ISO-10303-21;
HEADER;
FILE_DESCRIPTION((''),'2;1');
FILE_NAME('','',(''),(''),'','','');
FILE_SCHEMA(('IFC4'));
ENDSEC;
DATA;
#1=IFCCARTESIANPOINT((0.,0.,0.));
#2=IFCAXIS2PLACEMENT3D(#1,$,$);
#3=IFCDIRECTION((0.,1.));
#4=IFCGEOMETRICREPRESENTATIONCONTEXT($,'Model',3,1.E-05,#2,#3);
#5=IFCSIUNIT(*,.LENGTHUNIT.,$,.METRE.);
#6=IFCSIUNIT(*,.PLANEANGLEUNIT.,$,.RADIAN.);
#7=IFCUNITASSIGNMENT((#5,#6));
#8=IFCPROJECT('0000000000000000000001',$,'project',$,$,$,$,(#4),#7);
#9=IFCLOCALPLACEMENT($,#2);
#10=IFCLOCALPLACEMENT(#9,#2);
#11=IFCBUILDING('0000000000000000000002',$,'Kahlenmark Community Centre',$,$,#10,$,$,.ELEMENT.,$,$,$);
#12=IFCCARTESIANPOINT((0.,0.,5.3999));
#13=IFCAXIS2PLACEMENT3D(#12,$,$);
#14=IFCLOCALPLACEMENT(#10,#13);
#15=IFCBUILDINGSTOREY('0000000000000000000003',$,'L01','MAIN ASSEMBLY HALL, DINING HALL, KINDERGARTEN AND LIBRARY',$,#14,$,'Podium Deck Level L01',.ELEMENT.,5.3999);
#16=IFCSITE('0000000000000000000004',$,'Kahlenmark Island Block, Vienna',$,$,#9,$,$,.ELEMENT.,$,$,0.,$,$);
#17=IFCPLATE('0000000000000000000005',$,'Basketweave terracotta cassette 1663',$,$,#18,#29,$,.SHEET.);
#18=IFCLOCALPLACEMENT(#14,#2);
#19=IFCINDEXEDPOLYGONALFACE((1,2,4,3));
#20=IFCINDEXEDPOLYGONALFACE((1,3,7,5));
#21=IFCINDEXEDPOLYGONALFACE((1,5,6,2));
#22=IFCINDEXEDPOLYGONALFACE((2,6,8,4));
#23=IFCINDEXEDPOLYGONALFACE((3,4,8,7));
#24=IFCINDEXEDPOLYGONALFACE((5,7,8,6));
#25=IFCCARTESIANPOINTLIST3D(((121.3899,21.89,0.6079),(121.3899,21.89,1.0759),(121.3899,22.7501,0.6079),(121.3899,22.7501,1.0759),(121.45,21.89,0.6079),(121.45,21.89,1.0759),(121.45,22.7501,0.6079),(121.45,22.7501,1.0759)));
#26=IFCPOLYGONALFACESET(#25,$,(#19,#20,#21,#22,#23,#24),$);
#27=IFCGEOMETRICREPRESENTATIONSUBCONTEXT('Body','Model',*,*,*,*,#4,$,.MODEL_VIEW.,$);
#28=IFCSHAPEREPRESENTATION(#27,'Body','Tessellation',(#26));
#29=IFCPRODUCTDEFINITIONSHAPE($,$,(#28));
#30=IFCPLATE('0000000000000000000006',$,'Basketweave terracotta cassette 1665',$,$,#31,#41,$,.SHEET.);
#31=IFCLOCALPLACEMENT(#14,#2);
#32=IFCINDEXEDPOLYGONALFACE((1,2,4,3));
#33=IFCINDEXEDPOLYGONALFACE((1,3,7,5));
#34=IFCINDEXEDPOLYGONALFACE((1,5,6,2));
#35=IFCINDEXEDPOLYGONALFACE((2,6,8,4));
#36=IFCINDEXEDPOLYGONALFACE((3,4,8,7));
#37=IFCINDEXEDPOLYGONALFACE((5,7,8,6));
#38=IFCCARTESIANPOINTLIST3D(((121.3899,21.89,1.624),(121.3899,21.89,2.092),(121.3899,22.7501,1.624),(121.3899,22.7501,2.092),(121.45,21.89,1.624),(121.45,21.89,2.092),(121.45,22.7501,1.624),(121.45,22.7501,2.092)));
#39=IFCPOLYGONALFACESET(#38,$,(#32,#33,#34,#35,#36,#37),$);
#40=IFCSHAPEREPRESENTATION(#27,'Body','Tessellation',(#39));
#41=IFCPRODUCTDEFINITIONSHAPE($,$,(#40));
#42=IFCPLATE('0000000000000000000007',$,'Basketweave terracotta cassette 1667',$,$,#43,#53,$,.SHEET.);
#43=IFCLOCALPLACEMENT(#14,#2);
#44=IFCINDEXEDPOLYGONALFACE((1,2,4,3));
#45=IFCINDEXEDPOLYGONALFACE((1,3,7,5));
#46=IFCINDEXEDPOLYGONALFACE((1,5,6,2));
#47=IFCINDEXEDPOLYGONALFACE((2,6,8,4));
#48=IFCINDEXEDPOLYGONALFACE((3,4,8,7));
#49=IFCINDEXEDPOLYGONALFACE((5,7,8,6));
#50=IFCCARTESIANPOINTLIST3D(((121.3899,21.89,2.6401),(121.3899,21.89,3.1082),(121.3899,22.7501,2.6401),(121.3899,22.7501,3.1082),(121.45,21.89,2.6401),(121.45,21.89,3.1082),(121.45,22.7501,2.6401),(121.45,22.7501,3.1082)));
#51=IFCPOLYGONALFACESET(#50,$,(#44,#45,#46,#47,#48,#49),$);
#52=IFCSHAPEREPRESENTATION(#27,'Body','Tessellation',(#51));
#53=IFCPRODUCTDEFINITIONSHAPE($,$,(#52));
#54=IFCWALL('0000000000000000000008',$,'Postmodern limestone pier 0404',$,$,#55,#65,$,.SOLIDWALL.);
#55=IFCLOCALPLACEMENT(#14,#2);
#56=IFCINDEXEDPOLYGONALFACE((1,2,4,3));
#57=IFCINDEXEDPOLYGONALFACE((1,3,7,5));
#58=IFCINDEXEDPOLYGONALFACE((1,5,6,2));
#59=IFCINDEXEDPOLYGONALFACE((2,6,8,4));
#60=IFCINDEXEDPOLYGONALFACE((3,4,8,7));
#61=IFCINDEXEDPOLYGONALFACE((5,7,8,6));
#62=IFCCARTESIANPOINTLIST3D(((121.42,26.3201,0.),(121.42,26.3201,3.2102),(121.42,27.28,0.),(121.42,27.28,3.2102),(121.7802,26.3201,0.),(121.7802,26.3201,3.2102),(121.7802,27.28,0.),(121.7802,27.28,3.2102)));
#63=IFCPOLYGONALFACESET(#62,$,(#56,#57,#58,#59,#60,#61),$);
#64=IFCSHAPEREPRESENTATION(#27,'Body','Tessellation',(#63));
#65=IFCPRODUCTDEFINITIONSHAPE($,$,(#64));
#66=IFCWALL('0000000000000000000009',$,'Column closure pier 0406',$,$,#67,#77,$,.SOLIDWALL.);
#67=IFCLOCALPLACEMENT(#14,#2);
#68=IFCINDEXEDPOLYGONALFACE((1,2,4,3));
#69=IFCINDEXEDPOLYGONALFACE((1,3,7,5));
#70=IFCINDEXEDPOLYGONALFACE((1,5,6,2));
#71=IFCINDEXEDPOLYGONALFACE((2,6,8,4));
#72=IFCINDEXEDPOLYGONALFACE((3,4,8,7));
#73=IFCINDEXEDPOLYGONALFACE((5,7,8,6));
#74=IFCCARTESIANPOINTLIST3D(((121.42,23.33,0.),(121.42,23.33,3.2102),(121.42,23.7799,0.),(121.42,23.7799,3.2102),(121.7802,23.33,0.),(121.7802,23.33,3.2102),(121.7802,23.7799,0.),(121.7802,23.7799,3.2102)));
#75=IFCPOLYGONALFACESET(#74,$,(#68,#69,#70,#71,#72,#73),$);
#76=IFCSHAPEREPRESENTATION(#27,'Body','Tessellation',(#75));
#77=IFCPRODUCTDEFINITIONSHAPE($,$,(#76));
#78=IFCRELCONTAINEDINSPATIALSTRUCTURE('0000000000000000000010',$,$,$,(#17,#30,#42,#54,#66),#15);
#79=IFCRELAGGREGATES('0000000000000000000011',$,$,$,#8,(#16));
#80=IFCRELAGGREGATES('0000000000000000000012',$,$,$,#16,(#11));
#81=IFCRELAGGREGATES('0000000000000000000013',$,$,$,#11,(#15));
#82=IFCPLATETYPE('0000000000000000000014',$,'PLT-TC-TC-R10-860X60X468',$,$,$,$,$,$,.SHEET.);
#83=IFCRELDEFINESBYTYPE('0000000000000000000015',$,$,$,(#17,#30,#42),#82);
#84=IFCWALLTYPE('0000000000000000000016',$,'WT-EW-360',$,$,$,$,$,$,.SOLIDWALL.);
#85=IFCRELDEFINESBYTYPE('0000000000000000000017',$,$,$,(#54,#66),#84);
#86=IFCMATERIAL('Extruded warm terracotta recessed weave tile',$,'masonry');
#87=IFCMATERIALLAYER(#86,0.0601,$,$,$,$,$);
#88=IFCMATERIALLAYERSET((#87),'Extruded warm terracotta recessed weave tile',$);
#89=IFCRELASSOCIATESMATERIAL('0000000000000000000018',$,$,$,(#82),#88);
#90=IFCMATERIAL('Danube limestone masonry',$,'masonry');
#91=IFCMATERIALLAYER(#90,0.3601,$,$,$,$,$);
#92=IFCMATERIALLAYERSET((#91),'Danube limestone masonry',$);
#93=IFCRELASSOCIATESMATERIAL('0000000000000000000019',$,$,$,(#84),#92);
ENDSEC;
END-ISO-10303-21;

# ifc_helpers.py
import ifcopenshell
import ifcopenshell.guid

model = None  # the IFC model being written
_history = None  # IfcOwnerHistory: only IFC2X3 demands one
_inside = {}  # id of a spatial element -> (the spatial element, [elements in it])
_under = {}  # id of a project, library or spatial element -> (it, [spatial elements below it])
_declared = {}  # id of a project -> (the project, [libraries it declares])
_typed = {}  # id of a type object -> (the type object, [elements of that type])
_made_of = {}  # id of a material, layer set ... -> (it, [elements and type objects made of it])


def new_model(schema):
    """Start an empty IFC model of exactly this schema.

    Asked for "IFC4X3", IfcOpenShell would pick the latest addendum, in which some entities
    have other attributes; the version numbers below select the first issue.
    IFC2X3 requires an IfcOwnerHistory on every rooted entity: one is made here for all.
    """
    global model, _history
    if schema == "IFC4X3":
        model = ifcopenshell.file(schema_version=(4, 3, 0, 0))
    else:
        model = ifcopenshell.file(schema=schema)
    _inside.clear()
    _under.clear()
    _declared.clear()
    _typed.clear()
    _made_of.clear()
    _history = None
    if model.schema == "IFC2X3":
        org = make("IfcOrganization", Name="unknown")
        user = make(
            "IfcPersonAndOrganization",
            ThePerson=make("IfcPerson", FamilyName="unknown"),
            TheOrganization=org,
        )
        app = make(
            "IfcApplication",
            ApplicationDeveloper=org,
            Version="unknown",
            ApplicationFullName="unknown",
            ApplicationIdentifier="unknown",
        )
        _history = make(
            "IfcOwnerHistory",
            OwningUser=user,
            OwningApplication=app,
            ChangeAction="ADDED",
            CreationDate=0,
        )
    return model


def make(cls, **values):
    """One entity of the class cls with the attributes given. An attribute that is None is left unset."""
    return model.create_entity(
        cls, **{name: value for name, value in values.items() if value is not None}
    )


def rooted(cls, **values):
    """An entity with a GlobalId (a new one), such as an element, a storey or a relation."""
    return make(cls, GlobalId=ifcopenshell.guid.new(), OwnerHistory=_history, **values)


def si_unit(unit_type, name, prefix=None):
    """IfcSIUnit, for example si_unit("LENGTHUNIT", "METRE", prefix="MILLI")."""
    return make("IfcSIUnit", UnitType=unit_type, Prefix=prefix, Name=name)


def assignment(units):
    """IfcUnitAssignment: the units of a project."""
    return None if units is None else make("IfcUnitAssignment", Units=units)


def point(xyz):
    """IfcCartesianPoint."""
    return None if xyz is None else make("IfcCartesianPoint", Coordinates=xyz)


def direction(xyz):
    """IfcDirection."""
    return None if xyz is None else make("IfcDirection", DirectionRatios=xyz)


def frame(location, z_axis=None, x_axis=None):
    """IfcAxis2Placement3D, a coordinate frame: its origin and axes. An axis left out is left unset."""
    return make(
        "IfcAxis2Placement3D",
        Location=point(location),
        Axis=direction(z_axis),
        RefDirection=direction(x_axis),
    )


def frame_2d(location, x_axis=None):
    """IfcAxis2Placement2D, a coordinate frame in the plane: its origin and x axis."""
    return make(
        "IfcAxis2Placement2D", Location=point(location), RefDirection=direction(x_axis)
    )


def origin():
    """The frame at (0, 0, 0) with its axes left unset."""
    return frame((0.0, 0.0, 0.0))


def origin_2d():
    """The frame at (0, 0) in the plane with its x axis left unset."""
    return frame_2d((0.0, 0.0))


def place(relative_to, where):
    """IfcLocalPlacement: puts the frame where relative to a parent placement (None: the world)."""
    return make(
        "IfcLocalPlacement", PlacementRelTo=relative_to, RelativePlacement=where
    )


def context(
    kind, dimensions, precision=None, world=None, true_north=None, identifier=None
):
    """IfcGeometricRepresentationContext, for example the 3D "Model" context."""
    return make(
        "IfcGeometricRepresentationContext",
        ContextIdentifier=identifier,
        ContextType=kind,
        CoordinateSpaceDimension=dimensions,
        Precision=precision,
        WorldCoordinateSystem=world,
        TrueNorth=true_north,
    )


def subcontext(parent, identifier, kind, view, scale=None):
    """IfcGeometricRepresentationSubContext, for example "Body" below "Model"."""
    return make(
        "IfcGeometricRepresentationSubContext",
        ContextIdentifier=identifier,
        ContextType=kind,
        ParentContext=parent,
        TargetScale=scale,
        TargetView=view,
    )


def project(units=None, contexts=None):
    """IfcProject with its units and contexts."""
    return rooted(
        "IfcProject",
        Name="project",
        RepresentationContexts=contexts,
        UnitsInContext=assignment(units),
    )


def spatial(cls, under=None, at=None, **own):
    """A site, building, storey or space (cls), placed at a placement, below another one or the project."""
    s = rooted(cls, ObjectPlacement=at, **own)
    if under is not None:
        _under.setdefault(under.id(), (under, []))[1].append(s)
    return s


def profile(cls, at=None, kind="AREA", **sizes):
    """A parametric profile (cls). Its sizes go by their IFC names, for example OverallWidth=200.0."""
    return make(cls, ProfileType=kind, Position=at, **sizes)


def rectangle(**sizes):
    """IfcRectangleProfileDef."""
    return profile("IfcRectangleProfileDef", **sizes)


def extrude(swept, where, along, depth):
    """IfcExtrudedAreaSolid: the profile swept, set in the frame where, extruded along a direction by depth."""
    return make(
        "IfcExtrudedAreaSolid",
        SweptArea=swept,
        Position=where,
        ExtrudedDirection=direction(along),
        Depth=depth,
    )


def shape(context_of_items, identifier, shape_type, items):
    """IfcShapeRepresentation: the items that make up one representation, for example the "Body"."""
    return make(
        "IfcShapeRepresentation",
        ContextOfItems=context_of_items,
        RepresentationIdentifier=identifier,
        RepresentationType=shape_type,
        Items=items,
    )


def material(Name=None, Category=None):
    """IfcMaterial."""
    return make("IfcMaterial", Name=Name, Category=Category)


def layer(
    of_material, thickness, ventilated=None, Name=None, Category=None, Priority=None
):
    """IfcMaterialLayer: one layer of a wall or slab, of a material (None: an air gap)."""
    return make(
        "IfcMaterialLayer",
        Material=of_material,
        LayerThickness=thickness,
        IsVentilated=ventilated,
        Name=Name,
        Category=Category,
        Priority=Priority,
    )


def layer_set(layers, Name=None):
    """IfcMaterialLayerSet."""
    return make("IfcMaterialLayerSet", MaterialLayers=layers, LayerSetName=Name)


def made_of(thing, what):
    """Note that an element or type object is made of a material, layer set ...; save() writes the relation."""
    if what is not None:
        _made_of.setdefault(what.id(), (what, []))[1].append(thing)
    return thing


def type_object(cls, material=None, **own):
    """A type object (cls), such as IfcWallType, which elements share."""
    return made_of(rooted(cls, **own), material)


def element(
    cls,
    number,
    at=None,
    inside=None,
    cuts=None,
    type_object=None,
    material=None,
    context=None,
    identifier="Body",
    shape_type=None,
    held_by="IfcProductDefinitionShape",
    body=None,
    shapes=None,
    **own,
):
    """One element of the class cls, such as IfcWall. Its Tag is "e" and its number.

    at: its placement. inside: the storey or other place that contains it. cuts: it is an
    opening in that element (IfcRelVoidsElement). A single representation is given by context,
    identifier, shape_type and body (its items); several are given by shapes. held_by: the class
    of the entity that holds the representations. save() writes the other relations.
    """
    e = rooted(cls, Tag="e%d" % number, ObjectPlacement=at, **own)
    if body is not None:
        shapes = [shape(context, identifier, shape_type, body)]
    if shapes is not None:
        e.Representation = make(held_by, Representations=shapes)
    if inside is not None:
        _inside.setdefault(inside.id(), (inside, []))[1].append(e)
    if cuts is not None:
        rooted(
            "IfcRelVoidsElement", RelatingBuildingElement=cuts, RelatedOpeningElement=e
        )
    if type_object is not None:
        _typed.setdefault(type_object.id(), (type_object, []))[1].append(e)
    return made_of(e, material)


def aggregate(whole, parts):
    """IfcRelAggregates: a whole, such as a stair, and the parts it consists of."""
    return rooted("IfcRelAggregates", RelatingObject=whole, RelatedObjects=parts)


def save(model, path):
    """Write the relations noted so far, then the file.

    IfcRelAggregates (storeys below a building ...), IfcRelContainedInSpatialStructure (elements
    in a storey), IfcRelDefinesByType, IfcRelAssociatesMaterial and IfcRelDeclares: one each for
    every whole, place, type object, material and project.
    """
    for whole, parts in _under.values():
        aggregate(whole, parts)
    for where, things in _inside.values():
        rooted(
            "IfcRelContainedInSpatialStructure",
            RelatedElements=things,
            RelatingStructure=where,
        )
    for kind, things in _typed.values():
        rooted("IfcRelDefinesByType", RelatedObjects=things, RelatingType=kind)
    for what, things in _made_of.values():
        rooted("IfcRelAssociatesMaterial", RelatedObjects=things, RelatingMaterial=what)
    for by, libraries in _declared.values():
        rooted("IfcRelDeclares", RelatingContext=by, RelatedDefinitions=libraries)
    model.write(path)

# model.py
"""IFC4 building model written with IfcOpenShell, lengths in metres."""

from ifc_helpers import new_model, si_unit, direction, frame, frame_2d, origin, origin_2d, place, context, subcontext, project, spatial, rectangle, extrude, material, layer, layer_set, type_object, element, save


model = new_model("IFC4")

# Units and contexts
model_context = context("Model", 3, precision=1e-05, world=origin(), true_north=direction((0.0, 1.0)))
body_context = subcontext(model_context, "Body", "Model", "MODEL_VIEW")
ifc_project = project(units=[si_unit("LENGTHUNIT", "METRE"), si_unit("PLANEANGLEUNIT", "RADIAN")], contexts=[model_context])

# Site, building, storey
site_placement = place(None, origin())
site = spatial("IfcSite", under=ifc_project, at=site_placement, Name="Kahlenmark Island Block, Vienna", CompositionType="ELEMENT", RefElevation=0.0)
building_placement = place(site_placement, origin())
building = spatial("IfcBuilding", under=site, at=building_placement, Name="Kahlenmark Community Centre", CompositionType="ELEMENT")
storey_placement = place(building_placement, frame((0.0, 0.0, 5.3999)))
storey = spatial("IfcBuildingStorey", under=building, at=storey_placement, Name="L01", Description="MAIN ASSEMBLY HALL, DINING HALL, KINDERGARTEN AND LIBRARY", LongName="Podium Deck Level L01", CompositionType="ELEMENT", Elevation=5.3999)

# Plates
ifc_material_1 = material(Name="Extruded warm terracotta recessed weave tile", Category="masonry")
ifc_layer_1 = layer(ifc_material_1, 0.0601)
ifc_layer_set_1 = layer_set([ifc_layer_1], Name="Extruded warm terracotta recessed weave tile")
plate_type_1 = type_object("IfcPlateType", Name="PLT-TC-TC-R10-860X60X468", PredefinedType="SHEET", material=ifc_layer_set_1)
for number, where, z_axis, x_axis, name in (
    (1, (121.4199, 22.3201, 0.6079), (0.0, 0.0, 1.0), (0.0, -1.0, 0.0), "Basketweave terracotta cassette 1663"),
    (2, (121.4199, 22.3201, 1.624), (0.0, 0.0, 1.0), (0.0, -1.0, 0.0), "Basketweave terracotta cassette 1665"),
    (3, (121.4199, 22.3201, 2.6401), (0.0, 0.0, 1.0), (0.0, -1.0, 0.0), "Basketweave terracotta cassette 1667"),
):
    element("IfcPlate", number, at=place(storey_placement, frame(where, z_axis=z_axis, x_axis=x_axis)), inside=storey, type_object=plate_type_1, Name=name, PredefinedType="SHEET", context=body_context, shape_type="SweptSolid", body=[
        extrude(rectangle(XDim=0.8601, YDim=0.0601, at=origin_2d()), origin(), (0.0, 0.0, 1.0), 0.468),
    ])

# Walls
ifc_material_2 = material(Name="Danube limestone masonry", Category="masonry")
ifc_layer_2 = layer(ifc_material_2, 0.3601)
ifc_layer_set_2 = layer_set([ifc_layer_2], Name="Danube limestone masonry")
wall_type_1 = type_object("IfcWallType", Name="WT-EW-360", PredefinedType="SOLIDWALL", material=ifc_layer_set_2)
wall_1_placement = place(storey_placement, frame((121.6001, 27.28, 0.0), z_axis=(0.0, 0.0, 1.0), x_axis=(0.0, -1.0, 0.0)))
element("IfcWall", 4, at=wall_1_placement, inside=storey, type_object=wall_type_1, Name="Postmodern limestone pier 0404", PredefinedType="SOLIDWALL", context=body_context, shape_type="SweptSolid", body=[
    extrude(rectangle(XDim=0.96, YDim=0.3601, at=frame_2d((0.48, 0.0))), origin(), (0.0, 0.0, 1.0), 3.2102),
])
wall_2_placement = place(storey_placement, frame((121.6001, 23.78, 0.0), z_axis=(0.0, 0.0, 1.0), x_axis=(0.0, -1.0, 0.0)))
element("IfcWall", 5, at=wall_2_placement, inside=storey, type_object=wall_type_1, Name="Column closure pier 0406", PredefinedType="SOLIDWALL", context=body_context, shape_type="SweptSolid", body=[
    extrude(rectangle(XDim=0.45, YDim=0.3601, at=frame_2d((0.2251, 0.0))), origin(), (0.0, 0.0, 1.0), 3.2102),
])

save(model, "model.ifc")
